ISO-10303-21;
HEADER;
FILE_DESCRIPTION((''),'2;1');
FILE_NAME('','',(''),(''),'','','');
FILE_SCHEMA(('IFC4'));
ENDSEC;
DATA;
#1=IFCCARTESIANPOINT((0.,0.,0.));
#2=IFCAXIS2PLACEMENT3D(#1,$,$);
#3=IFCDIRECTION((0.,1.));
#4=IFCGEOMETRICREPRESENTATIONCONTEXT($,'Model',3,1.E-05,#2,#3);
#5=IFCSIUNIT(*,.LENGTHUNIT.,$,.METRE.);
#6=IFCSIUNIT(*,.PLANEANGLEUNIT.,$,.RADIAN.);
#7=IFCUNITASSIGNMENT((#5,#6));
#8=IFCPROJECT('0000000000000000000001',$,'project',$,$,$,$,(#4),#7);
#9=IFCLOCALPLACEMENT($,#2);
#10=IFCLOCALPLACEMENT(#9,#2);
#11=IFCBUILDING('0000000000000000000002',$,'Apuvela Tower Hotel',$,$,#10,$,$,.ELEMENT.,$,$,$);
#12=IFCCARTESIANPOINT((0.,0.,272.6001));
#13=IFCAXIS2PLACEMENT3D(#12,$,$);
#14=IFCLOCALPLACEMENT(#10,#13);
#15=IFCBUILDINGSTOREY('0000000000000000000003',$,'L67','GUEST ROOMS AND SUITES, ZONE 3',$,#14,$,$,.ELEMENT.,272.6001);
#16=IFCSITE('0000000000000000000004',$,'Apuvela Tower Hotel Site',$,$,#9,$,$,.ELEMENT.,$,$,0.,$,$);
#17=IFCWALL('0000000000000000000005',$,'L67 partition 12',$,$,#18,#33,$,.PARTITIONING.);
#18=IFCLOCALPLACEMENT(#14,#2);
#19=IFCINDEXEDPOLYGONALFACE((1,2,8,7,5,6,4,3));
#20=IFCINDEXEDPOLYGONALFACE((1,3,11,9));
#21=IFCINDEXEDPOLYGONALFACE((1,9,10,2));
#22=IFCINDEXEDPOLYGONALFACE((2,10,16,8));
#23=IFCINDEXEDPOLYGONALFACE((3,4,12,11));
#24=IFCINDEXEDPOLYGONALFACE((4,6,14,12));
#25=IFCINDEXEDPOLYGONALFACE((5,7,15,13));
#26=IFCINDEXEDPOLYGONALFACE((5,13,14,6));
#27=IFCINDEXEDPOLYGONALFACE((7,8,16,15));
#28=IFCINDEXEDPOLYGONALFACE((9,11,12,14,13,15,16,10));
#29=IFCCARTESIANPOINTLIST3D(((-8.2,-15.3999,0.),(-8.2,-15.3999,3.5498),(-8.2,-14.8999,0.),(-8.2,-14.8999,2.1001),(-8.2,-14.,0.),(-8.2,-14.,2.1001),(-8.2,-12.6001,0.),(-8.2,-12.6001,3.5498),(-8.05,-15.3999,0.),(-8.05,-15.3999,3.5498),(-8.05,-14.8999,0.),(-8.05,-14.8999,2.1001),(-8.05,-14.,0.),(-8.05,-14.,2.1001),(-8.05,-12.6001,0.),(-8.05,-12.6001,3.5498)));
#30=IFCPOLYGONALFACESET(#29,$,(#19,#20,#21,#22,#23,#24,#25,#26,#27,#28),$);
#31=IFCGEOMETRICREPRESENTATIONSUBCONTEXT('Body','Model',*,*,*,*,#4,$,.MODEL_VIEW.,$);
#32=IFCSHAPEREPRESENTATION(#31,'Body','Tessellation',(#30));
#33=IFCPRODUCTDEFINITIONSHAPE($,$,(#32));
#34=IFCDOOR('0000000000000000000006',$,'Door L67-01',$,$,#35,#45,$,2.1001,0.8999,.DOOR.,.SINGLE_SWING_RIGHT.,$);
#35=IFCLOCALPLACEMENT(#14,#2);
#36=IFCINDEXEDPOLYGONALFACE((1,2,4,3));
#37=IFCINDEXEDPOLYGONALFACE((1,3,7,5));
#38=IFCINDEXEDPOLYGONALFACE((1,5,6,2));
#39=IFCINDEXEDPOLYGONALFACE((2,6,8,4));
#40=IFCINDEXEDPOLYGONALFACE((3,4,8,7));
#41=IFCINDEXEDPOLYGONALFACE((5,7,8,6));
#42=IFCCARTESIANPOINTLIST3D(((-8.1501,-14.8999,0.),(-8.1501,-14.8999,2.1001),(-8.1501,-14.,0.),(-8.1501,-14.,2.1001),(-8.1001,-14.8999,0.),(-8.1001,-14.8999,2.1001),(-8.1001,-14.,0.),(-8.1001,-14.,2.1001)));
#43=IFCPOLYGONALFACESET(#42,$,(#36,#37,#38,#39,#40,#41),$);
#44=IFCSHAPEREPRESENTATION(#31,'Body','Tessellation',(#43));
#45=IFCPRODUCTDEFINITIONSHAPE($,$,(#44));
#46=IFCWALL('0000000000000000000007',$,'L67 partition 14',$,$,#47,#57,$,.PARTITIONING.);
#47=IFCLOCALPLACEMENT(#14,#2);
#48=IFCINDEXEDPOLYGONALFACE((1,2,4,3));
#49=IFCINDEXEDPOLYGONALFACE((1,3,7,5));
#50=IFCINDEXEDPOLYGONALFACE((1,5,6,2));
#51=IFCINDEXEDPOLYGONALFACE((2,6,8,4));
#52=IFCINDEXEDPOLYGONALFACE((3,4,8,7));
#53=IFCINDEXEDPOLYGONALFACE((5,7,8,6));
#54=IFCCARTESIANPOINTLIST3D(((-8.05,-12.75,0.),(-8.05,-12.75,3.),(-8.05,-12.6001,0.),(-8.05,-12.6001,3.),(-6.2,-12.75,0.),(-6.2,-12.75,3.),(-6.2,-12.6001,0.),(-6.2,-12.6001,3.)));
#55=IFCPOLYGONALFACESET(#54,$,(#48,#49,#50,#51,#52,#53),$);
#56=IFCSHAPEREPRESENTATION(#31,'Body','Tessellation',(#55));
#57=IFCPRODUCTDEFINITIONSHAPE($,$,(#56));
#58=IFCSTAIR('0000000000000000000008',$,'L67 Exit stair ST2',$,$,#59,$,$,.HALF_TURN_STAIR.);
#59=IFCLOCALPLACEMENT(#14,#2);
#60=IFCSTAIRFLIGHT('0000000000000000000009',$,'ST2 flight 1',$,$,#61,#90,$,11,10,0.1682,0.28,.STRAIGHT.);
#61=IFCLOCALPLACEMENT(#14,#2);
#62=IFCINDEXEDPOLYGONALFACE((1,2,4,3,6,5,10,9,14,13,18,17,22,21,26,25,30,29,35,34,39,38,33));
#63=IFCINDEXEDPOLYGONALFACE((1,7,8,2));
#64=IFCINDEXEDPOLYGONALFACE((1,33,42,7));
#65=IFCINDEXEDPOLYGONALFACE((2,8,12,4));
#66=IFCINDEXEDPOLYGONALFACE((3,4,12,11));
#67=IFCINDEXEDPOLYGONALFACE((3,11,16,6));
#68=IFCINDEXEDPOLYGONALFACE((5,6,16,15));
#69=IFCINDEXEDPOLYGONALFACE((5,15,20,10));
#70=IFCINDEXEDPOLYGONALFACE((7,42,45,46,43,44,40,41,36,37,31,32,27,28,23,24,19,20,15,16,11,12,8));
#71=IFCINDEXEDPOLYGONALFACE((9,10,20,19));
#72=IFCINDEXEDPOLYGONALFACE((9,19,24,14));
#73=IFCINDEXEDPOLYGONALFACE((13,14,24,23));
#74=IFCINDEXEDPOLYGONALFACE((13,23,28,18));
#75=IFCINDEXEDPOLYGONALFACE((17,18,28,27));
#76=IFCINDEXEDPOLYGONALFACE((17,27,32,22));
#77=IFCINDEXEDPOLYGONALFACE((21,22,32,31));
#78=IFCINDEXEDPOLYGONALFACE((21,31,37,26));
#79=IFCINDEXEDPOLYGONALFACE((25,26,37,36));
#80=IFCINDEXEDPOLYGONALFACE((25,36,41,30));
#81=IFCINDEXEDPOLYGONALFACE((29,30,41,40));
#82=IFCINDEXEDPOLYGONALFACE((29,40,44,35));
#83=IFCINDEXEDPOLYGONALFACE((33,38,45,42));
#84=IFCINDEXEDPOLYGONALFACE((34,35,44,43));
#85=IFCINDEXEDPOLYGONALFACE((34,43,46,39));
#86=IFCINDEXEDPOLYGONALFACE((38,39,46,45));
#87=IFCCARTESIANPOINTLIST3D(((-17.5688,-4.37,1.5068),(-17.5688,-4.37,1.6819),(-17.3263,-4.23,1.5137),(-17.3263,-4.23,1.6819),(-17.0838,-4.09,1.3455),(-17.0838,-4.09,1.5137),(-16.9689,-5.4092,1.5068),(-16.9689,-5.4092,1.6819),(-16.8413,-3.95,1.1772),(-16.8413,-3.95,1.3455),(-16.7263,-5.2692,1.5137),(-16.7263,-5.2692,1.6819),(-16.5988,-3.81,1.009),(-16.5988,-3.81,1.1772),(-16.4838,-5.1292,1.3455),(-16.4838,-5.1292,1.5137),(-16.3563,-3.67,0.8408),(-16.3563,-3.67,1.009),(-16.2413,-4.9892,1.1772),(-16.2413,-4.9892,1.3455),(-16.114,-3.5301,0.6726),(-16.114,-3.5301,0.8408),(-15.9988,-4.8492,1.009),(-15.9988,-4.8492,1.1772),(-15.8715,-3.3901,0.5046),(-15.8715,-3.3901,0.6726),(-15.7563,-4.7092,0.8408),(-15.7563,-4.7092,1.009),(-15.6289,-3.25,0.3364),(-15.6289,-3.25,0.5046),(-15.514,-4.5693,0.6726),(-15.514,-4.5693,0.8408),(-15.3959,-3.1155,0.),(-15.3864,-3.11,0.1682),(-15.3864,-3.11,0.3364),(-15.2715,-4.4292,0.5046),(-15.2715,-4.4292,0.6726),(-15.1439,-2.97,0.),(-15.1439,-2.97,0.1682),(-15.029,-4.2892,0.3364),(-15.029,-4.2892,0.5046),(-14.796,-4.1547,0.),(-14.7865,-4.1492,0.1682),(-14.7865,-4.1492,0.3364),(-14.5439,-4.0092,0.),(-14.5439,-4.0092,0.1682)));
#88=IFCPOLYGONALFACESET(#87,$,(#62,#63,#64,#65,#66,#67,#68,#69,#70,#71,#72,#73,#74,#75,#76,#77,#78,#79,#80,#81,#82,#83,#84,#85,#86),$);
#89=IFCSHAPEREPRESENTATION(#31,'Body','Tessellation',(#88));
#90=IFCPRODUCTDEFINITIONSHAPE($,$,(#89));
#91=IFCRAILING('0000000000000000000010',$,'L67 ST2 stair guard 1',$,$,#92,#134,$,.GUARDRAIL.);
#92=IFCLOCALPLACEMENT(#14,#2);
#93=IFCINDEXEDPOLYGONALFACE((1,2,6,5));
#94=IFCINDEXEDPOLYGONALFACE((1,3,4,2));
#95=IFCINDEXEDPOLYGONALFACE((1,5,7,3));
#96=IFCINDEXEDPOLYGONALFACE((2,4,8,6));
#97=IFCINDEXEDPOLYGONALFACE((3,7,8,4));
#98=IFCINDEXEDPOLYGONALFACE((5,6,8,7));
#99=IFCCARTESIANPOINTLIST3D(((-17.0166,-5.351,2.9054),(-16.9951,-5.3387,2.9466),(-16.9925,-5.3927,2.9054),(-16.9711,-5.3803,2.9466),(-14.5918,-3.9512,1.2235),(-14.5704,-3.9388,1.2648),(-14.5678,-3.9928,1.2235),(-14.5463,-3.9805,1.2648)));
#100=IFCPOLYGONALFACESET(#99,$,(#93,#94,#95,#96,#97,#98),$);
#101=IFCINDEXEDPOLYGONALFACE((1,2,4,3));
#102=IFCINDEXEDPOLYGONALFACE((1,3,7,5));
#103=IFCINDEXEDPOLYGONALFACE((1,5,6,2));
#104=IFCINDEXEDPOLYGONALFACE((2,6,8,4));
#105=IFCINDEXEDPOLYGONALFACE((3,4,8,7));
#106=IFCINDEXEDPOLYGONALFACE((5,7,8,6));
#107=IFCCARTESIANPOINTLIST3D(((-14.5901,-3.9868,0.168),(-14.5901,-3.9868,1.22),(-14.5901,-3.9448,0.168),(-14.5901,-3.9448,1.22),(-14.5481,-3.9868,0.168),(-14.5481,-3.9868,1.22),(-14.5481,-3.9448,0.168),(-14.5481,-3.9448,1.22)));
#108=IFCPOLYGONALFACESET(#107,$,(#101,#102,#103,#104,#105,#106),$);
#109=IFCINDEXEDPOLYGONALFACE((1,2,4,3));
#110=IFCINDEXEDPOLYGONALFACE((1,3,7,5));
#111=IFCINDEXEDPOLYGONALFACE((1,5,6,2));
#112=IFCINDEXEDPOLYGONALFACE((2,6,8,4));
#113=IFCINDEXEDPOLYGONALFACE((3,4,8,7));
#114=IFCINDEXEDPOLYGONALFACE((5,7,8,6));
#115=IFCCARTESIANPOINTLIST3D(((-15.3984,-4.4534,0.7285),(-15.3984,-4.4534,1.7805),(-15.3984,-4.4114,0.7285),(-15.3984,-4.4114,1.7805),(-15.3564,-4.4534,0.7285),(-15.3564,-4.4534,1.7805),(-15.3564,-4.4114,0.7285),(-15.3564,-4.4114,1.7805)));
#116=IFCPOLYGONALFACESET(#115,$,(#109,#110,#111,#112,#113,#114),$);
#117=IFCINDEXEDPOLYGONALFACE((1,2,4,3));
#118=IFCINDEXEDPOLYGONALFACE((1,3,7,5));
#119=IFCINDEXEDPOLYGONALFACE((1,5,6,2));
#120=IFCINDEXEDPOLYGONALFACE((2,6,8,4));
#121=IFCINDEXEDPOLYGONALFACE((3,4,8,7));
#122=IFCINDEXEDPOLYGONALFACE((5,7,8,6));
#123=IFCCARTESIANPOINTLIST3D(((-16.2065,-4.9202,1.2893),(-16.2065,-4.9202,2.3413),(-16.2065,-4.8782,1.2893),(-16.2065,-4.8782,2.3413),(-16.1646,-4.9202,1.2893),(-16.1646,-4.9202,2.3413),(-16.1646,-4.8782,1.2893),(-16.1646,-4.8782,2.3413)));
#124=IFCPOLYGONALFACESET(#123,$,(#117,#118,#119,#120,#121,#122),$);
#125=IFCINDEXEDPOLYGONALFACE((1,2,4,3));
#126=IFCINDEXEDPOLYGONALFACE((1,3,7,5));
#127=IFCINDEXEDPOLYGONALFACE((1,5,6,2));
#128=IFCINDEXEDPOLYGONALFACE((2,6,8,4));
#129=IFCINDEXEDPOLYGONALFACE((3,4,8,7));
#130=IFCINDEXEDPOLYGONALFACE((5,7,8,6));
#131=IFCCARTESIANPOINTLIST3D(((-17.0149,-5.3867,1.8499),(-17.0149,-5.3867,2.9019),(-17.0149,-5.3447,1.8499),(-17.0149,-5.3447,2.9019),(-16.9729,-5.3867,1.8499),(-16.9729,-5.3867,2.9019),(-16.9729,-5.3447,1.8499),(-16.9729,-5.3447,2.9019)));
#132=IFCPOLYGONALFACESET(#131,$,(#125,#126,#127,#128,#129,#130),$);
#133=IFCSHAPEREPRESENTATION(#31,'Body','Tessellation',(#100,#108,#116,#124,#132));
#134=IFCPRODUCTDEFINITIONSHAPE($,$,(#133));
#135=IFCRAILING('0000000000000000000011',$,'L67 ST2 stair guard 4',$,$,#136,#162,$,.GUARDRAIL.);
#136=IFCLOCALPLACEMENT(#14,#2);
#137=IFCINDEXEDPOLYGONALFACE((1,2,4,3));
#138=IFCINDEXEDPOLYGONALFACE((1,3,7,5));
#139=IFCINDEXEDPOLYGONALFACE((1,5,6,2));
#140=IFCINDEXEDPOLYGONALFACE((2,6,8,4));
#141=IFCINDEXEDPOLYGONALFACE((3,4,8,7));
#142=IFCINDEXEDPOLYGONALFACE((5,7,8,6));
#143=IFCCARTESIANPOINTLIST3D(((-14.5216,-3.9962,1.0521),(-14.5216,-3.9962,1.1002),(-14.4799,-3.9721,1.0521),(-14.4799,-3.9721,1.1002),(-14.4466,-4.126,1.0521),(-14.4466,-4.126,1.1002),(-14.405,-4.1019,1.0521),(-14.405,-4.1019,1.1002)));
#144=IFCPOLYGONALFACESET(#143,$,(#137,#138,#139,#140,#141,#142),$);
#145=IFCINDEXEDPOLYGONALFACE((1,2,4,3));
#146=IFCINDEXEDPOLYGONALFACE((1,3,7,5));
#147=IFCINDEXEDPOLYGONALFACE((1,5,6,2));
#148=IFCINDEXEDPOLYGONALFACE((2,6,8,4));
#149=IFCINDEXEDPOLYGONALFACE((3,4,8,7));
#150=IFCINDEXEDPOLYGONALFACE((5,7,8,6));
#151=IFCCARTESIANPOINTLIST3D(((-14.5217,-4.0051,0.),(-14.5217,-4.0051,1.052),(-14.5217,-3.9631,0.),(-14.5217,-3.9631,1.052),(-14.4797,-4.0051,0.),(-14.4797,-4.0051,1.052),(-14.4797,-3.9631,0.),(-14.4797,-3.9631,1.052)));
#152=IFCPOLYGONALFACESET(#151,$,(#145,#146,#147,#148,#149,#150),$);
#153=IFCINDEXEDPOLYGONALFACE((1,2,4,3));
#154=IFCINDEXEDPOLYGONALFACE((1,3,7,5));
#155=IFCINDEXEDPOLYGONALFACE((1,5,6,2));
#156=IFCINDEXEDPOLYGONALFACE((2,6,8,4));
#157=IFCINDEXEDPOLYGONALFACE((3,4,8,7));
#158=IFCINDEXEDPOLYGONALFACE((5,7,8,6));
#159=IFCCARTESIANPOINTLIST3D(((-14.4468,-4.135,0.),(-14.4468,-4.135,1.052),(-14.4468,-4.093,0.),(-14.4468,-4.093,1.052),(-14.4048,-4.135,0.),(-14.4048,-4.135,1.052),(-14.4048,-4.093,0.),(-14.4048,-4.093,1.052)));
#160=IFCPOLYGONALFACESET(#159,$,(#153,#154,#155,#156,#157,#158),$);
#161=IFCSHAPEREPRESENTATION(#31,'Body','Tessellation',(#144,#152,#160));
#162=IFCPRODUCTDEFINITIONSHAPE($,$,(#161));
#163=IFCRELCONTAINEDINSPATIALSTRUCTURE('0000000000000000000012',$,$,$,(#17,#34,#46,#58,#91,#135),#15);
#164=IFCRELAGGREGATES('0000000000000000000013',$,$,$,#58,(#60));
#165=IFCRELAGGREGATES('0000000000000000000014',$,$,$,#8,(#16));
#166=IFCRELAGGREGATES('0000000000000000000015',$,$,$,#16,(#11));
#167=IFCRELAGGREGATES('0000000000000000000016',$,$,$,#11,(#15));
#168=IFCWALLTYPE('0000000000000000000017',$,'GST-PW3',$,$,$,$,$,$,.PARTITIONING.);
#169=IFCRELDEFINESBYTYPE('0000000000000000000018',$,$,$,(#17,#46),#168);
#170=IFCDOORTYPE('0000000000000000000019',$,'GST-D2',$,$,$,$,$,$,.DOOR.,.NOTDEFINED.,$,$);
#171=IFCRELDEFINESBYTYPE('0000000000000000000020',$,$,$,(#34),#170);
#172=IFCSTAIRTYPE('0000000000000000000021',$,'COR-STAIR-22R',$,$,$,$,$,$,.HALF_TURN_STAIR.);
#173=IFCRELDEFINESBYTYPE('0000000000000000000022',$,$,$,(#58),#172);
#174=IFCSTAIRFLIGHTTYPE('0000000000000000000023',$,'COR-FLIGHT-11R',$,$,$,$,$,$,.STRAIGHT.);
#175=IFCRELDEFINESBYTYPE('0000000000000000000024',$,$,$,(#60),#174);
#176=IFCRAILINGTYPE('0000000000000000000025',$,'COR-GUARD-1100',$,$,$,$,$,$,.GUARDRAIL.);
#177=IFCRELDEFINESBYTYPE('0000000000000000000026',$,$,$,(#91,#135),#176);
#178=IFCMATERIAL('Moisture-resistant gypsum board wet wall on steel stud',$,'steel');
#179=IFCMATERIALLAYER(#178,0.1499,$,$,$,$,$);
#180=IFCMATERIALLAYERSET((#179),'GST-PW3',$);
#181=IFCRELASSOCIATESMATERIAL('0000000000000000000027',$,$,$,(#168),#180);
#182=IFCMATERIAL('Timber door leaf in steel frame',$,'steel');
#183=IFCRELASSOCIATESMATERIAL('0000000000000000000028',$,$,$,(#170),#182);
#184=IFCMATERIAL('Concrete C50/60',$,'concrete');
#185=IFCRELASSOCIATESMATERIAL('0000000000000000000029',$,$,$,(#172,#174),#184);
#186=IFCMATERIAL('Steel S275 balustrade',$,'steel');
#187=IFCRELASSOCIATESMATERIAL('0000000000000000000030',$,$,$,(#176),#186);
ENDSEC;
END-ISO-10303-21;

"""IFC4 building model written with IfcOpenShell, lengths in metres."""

from ifc_helpers import new_model, si_unit, direction, frame, frame_2d, origin, origin_2d, place, context, subcontext, project, spatial, polyline, rectangle, outline, extrude, material, layer, layer_set, type_object, element, fill, aggregate, save


model = new_model("IFC4")

# Units and contexts
model_context = context("Model", 3, precision=1e-05, world=origin(), true_north=direction((0.0, 1.0)))
body_context = subcontext(model_context, "Body", "Model", "MODEL_VIEW")
ifc_project = project(units=[si_unit("LENGTHUNIT", "METRE"), si_unit("PLANEANGLEUNIT", "RADIAN")], contexts=[model_context])

# Site, building, storey
site_placement = place(None, origin())
site = spatial("IfcSite", under=ifc_project, at=site_placement, Name="Apuvela Tower Hotel Site", CompositionType="ELEMENT", RefElevation=0.0)
building_placement = place(site_placement, origin())
building = spatial("IfcBuilding", under=site, at=building_placement, Name="Apuvela Tower Hotel", CompositionType="ELEMENT")
storey_placement = place(building_placement, frame((0.0, 0.0, 272.6001)))
storey = spatial("IfcBuildingStorey", under=building, at=storey_placement, Name="L67", Description="GUEST ROOMS AND SUITES, ZONE 3", CompositionType="ELEMENT", Elevation=272.6001)

# Shared definitions
ifc_material_1 = material(Name="Concrete C50/60", Category="concrete")

# Wall, opening, door
ifc_material_2 = material(Name="Timber door leaf in steel frame", Category="steel")
ifc_material_3 = material(Name="Moisture-resistant gypsum board wet wall on steel stud", Category="steel")
ifc_layer_1 = layer(ifc_material_3, 0.1499)
ifc_layer_set_1 = layer_set([ifc_layer_1], Name="GST-PW3")
wall_type_1 = type_object("IfcWallType", Name="GST-PW3", PredefinedType="PARTITIONING", material=ifc_layer_set_1)
wall_1_placement = place(storey_placement, frame((-8.125, -12.6001, 0.0), z_axis=(0.0, 0.0, 1.0), x_axis=(0.0, -1.0, 0.0)))
wall_1 = element("IfcWall", 1, at=wall_1_placement, inside=storey, type_object=wall_type_1, Name="L67 partition 12", PredefinedType="PARTITIONING", context=body_context, shape_type="SweptSolid", body=[
    extrude(rectangle(XDim=2.7998, YDim=0.1499, at=frame_2d((1.3999, 0.0))), origin(), (0.0, 0.0, 1.0), 3.5498),
])
opening_1_placement = place(wall_1_placement, frame((1.3999, 0.0, 0.0)))
opening_1 = element("IfcOpeningElement", 2, at=opening_1_placement, cuts=wall_1, PredefinedType="OPENING", context=body_context, shape_type="SweptSolid", body=[
    extrude(rectangle(XDim=0.8999, YDim=2.1001, at=frame_2d((0.45, 1.05))), frame((0.0, 0.085, 0.0), z_axis=(0.0, -1.0, 0.0), x_axis=(1.0, 0.0, 0.0)), (0.0, 0.0, 1.0), 0.1699),
])
door_type_1 = type_object("IfcDoorType", Name="GST-D2", OperationType="NOTDEFINED", PredefinedType="DOOR", material=ifc_material_2)
door_1_placement = place(opening_1_placement, origin())
door_1 = element("IfcDoor", 3, at=door_1_placement, inside=storey, type_object=door_type_1, Name="Door L67-01", OperationType="SINGLE_SWING_RIGHT", OverallHeight=2.1001, OverallWidth=0.8999, PredefinedType="DOOR", context=body_context, shape_type="SweptSolid", body=[
    extrude(rectangle(XDim=0.8999, YDim=2.1001, at=frame_2d((0.45, 1.05))), frame((0.0, 0.0249, 0.0), z_axis=(0.0, -1.0, 0.0), x_axis=(1.0, 0.0, 0.0)), (0.0, 0.0, 1.0), 0.05),
])
fill(opening_1, door_1)

# Wall
wall_2_placement = place(storey_placement, frame((-8.05, -12.675, 0.0), z_axis=(0.0, 0.0, 1.0), x_axis=(1.0, 0.0, 0.0)))
element("IfcWall", 4, at=wall_2_placement, inside=storey, type_object=wall_type_1, Name="L67 partition 14", PredefinedType="PARTITIONING", context=body_context, shape_type="SweptSolid", body=[
    extrude(rectangle(XDim=1.8501, YDim=0.1499, at=frame_2d((0.925, 0.0))), origin(), (0.0, 0.0, 1.0), 3.0),
])

# Stair, stair flight
stair_type = type_object("IfcStairType", Name="COR-STAIR-22R", PredefinedType="HALF_TURN_STAIR", material=ifc_material_1)
stair_placement = place(storey_placement, origin())
stair = element("IfcStair", 5, at=stair_placement, inside=storey, type_object=stair_type, Name="L67 Exit stair ST2", PredefinedType="HALF_TURN_STAIR")
stair_flight_type = type_object("IfcStairFlightType", Name="COR-FLIGHT-11R", PredefinedType="STRAIGHT", material=ifc_material_1)
stair_flight_placement = place(storey_placement, frame((-14.844, -3.4895, 0.0), z_axis=(0.0, 0.0, 1.0), x_axis=(-0.866025, -0.5, 0.0)))
stair_flight = element("IfcStairFlight", 6, at=stair_flight_placement, type_object=stair_flight_type, Name="ST2 flight 1", NumberOfRisers=11, NumberOfTreads=10, PredefinedType="STRAIGHT", RiserHeight=0.1682, TreadLength=0.28, context=body_context, shape_type="SweptSolid", body=[
    extrude(outline(polyline([(0.0, 0.0), (0.0, 0.1682), (0.28, 0.1682), (0.28, 0.3364), (0.5601, 0.3364), (0.5601, 0.5046), (0.8401, 0.5046), (0.8401, 0.6726), (1.1201, 0.6726), (1.1201, 0.8408), (1.3999, 0.8408), (1.3999, 1.009), (1.6799, 1.009), (1.6799, 1.1772), (1.96, 1.1772), (1.96, 1.3455), (2.24, 1.3455), (2.24, 1.5137), (2.52, 1.5137), (2.52, 1.6819), (2.8, 1.6819), (2.8, 1.8501), (2.8, 1.5068), (0.291, 0.0), (0.0, 0.0)])), frame((0.0, 0.6001, 0.0), z_axis=(0.0, -1.0, 0.0), x_axis=(1.0, 0.0, 0.0)), (0.0, 0.0, 1.0), 1.2),
])
aggregate(stair, [stair_flight])

# Railings
ifc_material_4 = material(Name="Steel S275 balustrade", Category="steel")
railing_type = type_object("IfcRailingType", Name="COR-GUARD-1100", PredefinedType="GUARDRAIL", material=ifc_material_4)
railing_1_placement = place(storey_placement, frame((-14.5691, -3.9658, 0.168)))
element("IfcRailing", 7, at=railing_1_placement, inside=storey, type_object=railing_type, Name="L67 ST2 stair guard 1", PredefinedType="GUARDRAIL", context=body_context, shape_type="SweptSolid", body=[
    extrude(rectangle(XDim=0.0481, YDim=0.0481, at=origin_2d()), frame((0.0, 0.0, 1.0762), z_axis=(-0.74239, -0.428601, 0.514934), x_axis=(0.499984, -0.866035, 0.0)), (0.0, 0.0, 1.0), 3.2661),
    extrude(rectangle(XDim=0.042, YDim=0.042, at=origin_2d()), origin(), (0.0, 0.0, 1.0), 1.052),
    extrude(rectangle(XDim=0.042, YDim=0.042, at=origin_2d()), frame((-0.8083, -0.4666, 0.5605)), (0.0, 0.0, 1.0), 1.052),
    extrude(rectangle(XDim=0.042, YDim=0.042, at=origin_2d()), frame((-1.6165, -0.9333, 1.1213)), (0.0, 0.0, 1.0), 1.052),
    extrude(rectangle(XDim=0.042, YDim=0.042, at=origin_2d()), frame((-2.4248, -1.3999, 1.6819)), (0.0, 0.0, 1.0), 1.052),
])
railing_2_placement = place(storey_placement, frame((-14.5007, -3.9841, 0.0)))
element("IfcRailing", 8, at=railing_2_placement, inside=storey, type_object=railing_type, Name="L67 ST2 stair guard 4", PredefinedType="GUARDRAIL", context=body_context, shape_type="SweptSolid", body=[
    extrude(rectangle(XDim=0.0481, YDim=0.0481, at=origin_2d()), frame((0.0, 0.0, 1.0762), z_axis=(0.499816, -0.866131, 0.0), x_axis=(0.866131, 0.499816, 0.0)), (0.0, 0.0, 1.0), 0.1499),
    extrude(rectangle(XDim=0.042, YDim=0.042, at=origin_2d()), origin(), (0.0, 0.0, 1.0), 1.052),
    extrude(rectangle(XDim=0.042, YDim=0.042, at=origin_2d()), frame((0.075, -0.1299, 0.0)), (0.0, 0.0, 1.0), 1.052),
])

save(model, "model.ifc")
